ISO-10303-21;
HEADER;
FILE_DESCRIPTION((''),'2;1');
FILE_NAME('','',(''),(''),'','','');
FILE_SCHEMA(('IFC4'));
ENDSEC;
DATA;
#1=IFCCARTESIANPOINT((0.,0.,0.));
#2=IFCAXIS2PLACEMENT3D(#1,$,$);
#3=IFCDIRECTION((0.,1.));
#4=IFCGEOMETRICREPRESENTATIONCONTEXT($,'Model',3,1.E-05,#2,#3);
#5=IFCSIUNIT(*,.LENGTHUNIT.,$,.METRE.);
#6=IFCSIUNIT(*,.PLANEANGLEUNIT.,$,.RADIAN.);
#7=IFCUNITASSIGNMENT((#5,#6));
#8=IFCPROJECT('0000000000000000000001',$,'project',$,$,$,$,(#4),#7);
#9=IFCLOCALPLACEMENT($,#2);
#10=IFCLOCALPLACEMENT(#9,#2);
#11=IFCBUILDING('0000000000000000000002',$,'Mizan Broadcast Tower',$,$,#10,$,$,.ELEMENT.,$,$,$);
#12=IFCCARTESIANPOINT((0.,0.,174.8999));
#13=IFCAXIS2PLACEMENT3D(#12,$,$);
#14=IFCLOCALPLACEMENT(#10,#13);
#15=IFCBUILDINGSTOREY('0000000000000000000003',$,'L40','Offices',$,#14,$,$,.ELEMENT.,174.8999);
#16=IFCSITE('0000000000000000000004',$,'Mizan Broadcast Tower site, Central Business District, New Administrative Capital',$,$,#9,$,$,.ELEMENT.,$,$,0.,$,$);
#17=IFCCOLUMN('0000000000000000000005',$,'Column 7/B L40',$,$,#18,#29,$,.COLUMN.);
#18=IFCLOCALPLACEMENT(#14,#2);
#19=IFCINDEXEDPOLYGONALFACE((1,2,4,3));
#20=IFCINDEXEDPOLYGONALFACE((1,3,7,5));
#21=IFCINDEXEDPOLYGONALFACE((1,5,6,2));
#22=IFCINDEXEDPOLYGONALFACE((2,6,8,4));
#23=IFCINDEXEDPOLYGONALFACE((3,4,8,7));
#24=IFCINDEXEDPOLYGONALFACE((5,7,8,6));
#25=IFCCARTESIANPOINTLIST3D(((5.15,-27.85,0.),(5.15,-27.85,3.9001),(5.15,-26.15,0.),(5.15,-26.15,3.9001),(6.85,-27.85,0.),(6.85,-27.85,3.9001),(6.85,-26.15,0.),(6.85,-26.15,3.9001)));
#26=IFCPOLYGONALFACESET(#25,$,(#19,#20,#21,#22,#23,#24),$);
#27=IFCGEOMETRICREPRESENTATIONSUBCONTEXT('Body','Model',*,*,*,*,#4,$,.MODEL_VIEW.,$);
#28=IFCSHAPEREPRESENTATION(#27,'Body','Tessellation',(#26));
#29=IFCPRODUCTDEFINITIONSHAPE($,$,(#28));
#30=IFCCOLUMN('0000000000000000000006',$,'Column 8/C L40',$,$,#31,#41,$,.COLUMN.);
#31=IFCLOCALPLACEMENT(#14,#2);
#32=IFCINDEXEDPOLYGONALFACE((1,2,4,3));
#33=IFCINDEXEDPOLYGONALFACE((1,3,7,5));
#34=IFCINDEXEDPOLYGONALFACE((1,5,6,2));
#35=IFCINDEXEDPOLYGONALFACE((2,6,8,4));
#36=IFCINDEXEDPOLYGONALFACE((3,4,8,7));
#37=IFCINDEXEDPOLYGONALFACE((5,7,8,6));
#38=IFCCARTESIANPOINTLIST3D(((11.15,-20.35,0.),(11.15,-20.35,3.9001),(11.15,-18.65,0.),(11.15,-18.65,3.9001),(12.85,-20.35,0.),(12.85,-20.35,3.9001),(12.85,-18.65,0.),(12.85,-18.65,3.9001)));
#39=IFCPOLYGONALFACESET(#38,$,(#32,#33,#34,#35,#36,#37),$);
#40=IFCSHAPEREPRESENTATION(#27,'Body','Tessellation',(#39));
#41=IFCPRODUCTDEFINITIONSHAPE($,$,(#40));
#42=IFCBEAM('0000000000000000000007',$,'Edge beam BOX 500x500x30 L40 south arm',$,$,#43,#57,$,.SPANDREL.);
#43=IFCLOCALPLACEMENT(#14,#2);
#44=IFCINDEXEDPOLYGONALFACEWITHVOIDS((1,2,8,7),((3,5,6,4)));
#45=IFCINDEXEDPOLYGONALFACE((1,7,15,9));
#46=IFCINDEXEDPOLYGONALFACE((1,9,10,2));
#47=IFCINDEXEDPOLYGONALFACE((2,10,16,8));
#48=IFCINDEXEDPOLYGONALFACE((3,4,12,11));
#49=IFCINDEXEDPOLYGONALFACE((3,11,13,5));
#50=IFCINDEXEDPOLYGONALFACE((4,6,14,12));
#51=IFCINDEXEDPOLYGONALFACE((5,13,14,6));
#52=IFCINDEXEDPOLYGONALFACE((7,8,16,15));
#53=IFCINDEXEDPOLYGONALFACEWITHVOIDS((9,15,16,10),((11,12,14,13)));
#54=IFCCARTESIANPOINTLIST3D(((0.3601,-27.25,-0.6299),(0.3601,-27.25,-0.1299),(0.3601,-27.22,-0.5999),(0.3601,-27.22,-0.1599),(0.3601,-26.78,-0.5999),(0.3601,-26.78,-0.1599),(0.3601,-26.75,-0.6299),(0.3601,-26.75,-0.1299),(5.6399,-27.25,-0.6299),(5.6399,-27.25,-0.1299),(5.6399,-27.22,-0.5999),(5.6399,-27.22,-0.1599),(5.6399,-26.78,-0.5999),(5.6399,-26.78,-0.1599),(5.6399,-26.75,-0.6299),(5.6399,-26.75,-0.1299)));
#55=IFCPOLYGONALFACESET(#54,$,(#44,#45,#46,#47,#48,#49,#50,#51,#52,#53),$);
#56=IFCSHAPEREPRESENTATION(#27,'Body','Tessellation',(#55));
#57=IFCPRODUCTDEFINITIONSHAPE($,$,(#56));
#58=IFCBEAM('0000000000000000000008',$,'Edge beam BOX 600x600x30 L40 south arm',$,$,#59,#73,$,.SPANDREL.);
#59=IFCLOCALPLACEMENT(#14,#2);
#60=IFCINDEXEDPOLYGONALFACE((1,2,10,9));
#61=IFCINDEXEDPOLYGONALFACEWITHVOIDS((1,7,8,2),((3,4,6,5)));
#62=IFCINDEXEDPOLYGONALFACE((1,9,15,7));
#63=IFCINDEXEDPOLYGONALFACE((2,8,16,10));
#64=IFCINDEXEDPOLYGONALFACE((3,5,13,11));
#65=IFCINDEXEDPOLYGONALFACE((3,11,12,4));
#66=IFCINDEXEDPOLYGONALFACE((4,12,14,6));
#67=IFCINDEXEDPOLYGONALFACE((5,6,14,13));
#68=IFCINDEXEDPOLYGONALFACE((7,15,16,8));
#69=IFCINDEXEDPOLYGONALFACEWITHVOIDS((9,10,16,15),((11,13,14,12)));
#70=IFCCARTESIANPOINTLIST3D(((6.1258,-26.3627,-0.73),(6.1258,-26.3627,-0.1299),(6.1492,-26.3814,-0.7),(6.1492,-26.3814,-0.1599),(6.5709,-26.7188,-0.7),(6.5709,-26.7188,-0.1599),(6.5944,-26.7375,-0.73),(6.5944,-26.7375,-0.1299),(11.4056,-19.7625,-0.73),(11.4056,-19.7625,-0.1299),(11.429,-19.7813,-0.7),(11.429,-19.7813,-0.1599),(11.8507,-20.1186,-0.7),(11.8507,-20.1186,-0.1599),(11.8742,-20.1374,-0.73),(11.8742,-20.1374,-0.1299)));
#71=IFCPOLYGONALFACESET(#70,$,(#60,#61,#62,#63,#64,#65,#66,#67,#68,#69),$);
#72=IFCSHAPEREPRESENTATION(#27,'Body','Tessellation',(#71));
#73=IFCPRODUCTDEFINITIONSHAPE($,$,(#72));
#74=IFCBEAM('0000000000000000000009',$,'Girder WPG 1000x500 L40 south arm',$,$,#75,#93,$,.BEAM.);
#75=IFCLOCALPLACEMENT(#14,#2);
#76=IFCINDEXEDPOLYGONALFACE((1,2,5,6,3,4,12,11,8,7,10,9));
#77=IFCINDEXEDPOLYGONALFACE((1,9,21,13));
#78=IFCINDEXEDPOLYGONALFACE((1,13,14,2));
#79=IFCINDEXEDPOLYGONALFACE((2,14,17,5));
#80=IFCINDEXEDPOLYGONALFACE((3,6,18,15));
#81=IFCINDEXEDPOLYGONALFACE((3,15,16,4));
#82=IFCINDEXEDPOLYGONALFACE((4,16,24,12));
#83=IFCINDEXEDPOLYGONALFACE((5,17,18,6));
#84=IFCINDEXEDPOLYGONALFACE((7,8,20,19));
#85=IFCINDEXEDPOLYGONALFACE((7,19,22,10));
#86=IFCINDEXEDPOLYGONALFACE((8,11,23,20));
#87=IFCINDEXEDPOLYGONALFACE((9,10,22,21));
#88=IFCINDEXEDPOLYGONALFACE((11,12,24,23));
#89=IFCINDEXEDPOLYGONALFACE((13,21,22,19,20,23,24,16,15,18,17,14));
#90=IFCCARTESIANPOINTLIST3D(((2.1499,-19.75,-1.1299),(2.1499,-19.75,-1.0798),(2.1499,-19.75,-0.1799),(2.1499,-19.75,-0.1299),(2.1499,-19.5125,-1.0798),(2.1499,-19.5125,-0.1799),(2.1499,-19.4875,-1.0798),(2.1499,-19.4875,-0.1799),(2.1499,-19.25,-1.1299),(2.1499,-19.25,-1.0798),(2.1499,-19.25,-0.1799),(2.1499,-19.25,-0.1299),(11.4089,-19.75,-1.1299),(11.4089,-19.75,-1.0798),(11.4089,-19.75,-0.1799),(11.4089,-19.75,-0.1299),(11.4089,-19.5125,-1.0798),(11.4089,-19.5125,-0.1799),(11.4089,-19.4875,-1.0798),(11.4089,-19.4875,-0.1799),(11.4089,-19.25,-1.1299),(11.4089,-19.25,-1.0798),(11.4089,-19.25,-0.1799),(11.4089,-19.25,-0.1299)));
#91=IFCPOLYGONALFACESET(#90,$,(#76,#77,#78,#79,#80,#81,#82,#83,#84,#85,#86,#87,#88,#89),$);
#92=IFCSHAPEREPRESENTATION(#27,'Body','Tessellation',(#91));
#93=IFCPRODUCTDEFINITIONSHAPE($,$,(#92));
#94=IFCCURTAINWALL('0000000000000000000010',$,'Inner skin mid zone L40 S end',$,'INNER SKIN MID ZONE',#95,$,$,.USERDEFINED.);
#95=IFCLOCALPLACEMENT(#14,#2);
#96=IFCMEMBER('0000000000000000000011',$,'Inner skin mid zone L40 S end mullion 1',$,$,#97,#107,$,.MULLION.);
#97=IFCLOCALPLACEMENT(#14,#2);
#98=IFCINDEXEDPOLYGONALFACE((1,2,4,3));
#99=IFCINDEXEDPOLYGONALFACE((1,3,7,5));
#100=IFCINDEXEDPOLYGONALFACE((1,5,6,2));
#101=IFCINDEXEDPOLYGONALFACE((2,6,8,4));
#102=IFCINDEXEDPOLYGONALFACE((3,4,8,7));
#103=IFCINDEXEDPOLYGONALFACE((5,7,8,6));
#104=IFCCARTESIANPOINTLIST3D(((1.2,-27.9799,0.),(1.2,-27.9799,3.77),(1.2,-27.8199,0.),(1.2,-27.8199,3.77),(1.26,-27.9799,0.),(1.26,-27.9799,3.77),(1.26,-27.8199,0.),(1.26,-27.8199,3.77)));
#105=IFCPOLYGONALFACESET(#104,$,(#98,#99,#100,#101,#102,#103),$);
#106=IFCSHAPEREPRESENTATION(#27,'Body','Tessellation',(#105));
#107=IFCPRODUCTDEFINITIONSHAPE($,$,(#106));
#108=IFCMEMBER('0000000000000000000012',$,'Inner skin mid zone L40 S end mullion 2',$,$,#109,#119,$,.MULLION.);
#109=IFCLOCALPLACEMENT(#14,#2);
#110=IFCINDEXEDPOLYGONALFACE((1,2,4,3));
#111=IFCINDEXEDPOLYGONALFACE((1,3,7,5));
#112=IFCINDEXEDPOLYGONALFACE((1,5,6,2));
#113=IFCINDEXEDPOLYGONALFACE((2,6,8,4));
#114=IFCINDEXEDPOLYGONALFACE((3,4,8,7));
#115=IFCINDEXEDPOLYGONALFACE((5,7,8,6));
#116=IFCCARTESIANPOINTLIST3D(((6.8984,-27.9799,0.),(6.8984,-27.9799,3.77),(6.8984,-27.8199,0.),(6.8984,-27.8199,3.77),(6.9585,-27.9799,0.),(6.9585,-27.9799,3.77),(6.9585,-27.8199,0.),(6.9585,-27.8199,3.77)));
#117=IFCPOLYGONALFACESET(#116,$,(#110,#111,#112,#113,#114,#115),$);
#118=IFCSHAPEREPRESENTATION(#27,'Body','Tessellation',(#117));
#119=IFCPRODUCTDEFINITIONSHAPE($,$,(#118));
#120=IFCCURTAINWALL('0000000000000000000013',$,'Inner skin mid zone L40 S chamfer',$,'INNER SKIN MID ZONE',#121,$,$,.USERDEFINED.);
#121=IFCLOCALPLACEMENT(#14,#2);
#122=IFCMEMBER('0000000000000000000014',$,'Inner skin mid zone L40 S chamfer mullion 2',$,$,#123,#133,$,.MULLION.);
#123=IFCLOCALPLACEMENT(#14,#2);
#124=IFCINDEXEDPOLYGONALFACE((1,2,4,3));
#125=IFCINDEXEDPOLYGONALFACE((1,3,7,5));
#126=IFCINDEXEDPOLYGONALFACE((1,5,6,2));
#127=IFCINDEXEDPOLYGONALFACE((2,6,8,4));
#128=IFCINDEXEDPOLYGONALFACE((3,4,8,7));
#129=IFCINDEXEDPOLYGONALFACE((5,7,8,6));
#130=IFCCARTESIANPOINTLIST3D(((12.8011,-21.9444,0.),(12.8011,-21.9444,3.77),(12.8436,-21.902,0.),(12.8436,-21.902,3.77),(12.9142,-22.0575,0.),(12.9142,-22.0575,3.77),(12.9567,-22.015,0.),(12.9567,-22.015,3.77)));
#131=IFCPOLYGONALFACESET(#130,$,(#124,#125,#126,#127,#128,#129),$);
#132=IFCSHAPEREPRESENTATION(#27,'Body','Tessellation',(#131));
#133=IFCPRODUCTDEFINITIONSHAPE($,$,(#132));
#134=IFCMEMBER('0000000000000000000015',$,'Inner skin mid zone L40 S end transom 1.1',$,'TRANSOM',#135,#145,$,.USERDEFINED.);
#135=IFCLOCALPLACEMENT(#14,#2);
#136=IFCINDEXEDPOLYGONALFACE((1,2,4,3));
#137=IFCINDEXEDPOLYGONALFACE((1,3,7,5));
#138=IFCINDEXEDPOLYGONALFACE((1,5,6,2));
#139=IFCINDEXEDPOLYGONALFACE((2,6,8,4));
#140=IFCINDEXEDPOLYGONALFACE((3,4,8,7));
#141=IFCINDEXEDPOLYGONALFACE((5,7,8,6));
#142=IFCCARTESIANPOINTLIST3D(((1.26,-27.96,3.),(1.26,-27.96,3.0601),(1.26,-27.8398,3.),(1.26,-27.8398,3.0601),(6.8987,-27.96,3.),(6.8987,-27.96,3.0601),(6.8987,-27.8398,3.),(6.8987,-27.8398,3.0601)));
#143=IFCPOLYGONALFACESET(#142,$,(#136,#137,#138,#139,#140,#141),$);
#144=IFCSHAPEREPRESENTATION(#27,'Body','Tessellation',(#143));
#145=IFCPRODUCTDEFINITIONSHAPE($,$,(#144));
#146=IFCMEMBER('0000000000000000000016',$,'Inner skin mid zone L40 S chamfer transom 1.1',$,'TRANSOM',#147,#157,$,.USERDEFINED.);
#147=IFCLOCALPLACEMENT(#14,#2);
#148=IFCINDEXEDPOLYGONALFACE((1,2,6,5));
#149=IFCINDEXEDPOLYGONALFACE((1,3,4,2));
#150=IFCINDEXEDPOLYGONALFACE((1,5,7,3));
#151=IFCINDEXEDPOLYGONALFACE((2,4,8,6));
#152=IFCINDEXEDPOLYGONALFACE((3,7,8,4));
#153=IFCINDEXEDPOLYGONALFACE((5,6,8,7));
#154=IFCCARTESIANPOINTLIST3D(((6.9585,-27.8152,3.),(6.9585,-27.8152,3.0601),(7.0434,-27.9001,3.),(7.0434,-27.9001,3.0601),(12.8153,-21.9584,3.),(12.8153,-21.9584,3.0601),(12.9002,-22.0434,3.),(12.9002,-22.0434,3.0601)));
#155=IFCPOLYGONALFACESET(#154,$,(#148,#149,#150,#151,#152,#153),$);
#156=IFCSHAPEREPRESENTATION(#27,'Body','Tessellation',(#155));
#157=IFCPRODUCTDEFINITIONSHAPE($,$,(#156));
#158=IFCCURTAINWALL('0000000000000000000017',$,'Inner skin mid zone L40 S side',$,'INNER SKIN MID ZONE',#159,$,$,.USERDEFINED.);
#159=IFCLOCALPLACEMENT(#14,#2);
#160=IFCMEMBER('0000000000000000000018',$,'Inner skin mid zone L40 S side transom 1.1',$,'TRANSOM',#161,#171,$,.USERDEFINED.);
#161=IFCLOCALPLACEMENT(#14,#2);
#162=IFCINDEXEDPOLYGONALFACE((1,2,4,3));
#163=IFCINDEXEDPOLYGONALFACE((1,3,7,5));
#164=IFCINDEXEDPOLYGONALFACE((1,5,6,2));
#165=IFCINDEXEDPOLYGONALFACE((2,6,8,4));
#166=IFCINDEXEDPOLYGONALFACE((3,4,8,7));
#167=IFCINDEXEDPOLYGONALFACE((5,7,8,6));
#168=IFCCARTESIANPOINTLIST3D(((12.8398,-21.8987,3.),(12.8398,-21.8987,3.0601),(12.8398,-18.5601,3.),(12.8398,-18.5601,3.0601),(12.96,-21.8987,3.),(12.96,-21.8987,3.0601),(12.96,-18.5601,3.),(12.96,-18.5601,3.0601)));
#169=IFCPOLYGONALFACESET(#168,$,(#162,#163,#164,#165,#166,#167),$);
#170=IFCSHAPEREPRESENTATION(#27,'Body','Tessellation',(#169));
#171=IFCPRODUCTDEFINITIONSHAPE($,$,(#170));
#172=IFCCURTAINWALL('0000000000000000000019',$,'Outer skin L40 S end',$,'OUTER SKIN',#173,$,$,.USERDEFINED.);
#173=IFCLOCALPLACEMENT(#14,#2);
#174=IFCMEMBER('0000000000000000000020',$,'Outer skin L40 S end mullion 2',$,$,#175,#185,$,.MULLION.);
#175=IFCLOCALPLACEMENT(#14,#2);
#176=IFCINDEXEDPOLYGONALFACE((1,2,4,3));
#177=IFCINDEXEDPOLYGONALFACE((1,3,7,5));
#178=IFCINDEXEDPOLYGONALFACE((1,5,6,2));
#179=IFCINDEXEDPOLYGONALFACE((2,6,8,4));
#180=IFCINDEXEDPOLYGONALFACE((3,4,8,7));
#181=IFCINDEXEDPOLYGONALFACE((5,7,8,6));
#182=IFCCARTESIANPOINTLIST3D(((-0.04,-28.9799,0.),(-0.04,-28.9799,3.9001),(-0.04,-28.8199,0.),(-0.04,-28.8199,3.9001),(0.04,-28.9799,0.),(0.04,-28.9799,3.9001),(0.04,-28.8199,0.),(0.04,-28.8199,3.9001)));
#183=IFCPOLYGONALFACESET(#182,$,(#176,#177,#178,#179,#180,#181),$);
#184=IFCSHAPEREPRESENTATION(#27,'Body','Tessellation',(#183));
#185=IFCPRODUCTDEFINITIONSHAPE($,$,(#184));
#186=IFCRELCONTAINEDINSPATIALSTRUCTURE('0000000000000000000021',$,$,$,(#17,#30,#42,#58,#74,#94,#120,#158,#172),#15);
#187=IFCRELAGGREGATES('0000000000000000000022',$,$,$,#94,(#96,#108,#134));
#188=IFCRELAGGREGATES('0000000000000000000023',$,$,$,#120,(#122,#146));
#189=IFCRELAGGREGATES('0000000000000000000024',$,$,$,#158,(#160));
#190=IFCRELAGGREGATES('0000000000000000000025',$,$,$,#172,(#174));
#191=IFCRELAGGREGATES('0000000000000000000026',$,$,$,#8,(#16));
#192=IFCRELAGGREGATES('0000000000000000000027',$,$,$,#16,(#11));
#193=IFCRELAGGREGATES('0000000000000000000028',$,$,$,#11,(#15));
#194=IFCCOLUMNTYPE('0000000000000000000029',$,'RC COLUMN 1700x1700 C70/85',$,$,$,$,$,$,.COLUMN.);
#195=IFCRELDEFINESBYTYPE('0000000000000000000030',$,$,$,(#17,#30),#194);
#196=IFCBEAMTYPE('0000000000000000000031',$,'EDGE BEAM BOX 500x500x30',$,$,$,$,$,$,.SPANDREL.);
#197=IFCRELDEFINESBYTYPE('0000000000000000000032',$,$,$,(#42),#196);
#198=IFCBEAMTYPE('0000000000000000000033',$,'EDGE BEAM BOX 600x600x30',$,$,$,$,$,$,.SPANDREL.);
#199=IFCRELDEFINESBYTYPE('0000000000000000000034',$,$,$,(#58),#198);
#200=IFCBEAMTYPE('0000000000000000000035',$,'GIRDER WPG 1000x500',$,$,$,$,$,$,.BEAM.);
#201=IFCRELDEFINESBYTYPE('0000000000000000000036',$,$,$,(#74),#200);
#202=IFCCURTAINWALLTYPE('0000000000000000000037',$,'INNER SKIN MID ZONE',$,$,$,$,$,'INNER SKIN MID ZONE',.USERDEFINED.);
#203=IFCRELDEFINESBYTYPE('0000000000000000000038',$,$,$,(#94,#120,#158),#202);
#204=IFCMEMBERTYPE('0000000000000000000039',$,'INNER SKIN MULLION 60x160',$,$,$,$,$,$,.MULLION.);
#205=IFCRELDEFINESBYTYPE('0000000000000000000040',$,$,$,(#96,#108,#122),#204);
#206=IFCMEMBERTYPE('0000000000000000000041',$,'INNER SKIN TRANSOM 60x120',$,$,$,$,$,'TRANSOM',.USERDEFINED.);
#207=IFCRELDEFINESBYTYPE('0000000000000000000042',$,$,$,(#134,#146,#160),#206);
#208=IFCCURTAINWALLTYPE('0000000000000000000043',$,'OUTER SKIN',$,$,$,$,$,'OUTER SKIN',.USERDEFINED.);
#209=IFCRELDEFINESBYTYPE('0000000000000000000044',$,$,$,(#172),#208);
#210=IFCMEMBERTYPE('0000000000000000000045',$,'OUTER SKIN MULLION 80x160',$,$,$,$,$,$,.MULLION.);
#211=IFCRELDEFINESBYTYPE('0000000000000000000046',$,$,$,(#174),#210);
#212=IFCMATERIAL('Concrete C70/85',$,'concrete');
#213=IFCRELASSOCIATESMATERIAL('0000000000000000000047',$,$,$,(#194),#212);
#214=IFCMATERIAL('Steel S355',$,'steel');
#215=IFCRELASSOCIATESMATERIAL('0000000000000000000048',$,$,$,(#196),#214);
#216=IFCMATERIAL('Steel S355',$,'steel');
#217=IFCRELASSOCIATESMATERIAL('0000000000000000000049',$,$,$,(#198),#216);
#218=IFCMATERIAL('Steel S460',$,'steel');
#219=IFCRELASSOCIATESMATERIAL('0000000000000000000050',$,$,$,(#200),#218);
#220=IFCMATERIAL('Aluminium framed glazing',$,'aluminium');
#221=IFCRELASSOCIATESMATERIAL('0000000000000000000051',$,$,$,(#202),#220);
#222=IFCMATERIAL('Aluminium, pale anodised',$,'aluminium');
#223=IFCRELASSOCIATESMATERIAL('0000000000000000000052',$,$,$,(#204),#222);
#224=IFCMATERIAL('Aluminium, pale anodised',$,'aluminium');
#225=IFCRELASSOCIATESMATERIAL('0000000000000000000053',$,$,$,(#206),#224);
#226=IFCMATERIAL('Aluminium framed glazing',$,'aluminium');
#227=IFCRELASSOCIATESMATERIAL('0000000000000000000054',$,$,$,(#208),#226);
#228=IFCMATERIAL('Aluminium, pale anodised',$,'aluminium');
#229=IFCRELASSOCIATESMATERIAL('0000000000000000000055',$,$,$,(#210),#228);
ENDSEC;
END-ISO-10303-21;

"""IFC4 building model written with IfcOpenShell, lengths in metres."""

from ifc_helpers import new_model, si_unit, direction, frame, origin, origin_2d, place, context, subcontext, project, spatial, rectangle, hollow_rectangle, i_section, extrude, material, material_profile, profile_set, type_object, element, aggregate, save


model = new_model("IFC4")

# Units and contexts
model_context = context("Model", 3, precision=1e-05, world=origin(), true_north=direction((0.0, 1.0)))
body_context = subcontext(model_context, "Body", "Model", "MODEL_VIEW")
ifc_project = project(units=[si_unit("LENGTHUNIT", "METRE"), si_unit("PLANEANGLEUNIT", "RADIAN")], contexts=[model_context])

# Site, building, storey
site_placement = place(None, origin())
site = spatial("IfcSite", under=ifc_project, at=site_placement, Name="Mizan Broadcast Tower site, Central Business District, New Administrative Capital", CompositionType="ELEMENT", RefElevation=0.0)
building_placement = place(site_placement, origin())
building = spatial("IfcBuilding", under=site, at=building_placement, Name="Mizan Broadcast Tower", CompositionType="ELEMENT")
storey_placement = place(building_placement, frame((0.0, 0.0, 174.8999)))
storey = spatial("IfcBuildingStorey", under=building, at=storey_placement, Name="L40", Description="Offices", CompositionType="ELEMENT", Elevation=174.8999)

# Columns
ifc_material_1 = material(Name="Concrete C70/85", Category="concrete")
ifc_material_profile_1 = material_profile(ifc_material_1, rectangle(XDim=1.7, YDim=1.7, at=origin_2d()), Name="RC 1700x1700")
ifc_profile_set_1 = profile_set([ifc_material_profile_1], Name="Concrete C70/85")
column_type = type_object("IfcColumnType", Name="RC COLUMN 1700x1700 C70/85", PredefinedType="COLUMN", material=ifc_profile_set_1)
for number, where, z_axis, x_axis, name in (
    (1, (6.0, -27.0, 0.0), (0.0, 0.0, 1.0), (1.0, 0.0, 0.0), "Column 7/B L40"),
    (2, (12.0, -19.5, 0.0), (0.0, 0.0, 1.0), (1.0, 0.0, 0.0), "Column 8/C L40"),
):
    element("IfcColumn", number, at=place(storey_placement, frame(where, z_axis=z_axis, x_axis=x_axis)), inside=storey, type_object=column_type, Name=name, PredefinedType="COLUMN", context=body_context, shape_type="SweptSolid", body=[
        extrude(rectangle(XDim=1.7, YDim=1.7, at=origin_2d()), origin(), (0.0, 0.0, 1.0), 3.9001),
    ])

# Beams
ifc_material_2 = material(Name="Steel S355", Category="steel")
ifc_material_profile_2 = material_profile(ifc_material_2, hollow_rectangle(XDim=0.5, YDim=0.5, WallThickness=0.03, at=origin_2d()), Name="BOX 500x500x30")
ifc_profile_set_2 = profile_set([ifc_material_profile_2], Name="Steel S355")
beam_type_1 = type_object("IfcBeamType", Name="EDGE BEAM BOX 500x500x30", PredefinedType="SPANDREL", material=ifc_profile_set_2)
beam_1_placement = place(storey_placement, frame((5.6399, -27.0, -0.3799), z_axis=(-1.0, 0.0, 0.0), x_axis=(0.0, -1.0, 0.0)))
element("IfcBeam", 3, at=beam_1_placement, inside=storey, type_object=beam_type_1, Name="Edge beam BOX 500x500x30 L40 south arm", PredefinedType="SPANDREL", context=body_context, shape_type="SweptSolid", body=[
    extrude(hollow_rectangle(XDim=0.5, YDim=0.5, WallThickness=0.03, at=origin_2d()), origin(), (0.0, 0.0, 1.0), 5.2798),
])
ifc_material_3 = material(Name="Steel S355", Category="steel")
ifc_material_profile_3 = material_profile(ifc_material_3, hollow_rectangle(XDim=0.6001, YDim=0.6001, WallThickness=0.03, at=origin_2d()), Name="BOX 600x600x30")
ifc_profile_set_3 = profile_set([ifc_material_profile_3], Name="Steel S355")
beam_type_2 = type_object("IfcBeamType", Name="EDGE BEAM BOX 600x600x30", PredefinedType="SPANDREL", material=ifc_profile_set_3)
beam_2_placement = place(storey_placement, frame((11.6399, -19.95, -0.4299), z_axis=(-0.624674, -0.780886, 0.0), x_axis=(0.780886, -0.624674, 0.0)))
element("IfcBeam", 4, at=beam_2_placement, inside=storey, type_object=beam_type_2, Name="Edge beam BOX 600x600x30 L40 south arm", PredefinedType="SPANDREL", context=body_context, shape_type="SweptSolid", body=[
    extrude(hollow_rectangle(XDim=0.6001, YDim=0.6001, WallThickness=0.03, at=origin_2d()), origin(), (0.0, 0.0, 1.0), 8.4521),
])
ifc_material_4 = material(Name="Steel S460", Category="steel")
ifc_material_profile_4 = material_profile(ifc_material_4, i_section(OverallWidth=0.5, OverallDepth=1.0, WebThickness=0.0249, FlangeThickness=0.05, at=origin_2d()), Name="WPG 1000x500")
ifc_profile_set_4 = profile_set([ifc_material_profile_4], Name="Steel S460")
beam_type_3 = type_object("IfcBeamType", Name="GIRDER WPG 1000x500", PredefinedType="BEAM", material=ifc_profile_set_4)
beam_3_placement = place(storey_placement, frame((11.4089, -19.5, -0.6299), z_axis=(-1.0, 0.0, 0.0), x_axis=(0.0, -1.0, 0.0)))
element("IfcBeam", 5, at=beam_3_placement, inside=storey, type_object=beam_type_3, Name="Girder WPG 1000x500 L40 south arm", PredefinedType="BEAM", context=body_context, shape_type="SweptSolid", body=[
    extrude(i_section(OverallWidth=0.5, OverallDepth=1.0, WebThickness=0.0249, FlangeThickness=0.05, at=origin_2d()), origin(), (0.0, 0.0, 1.0), 9.259),
])

# Curtain wall, members
ifc_material_5 = material(Name="Aluminium framed glazing", Category="aluminium")
curtain_wall_type_1 = type_object("IfcCurtainWallType", Name="INNER SKIN MID ZONE", ElementType="INNER SKIN MID ZONE", PredefinedType="USERDEFINED", material=ifc_material_5)
curtain_wall_1_placement = place(storey_placement, origin())
curtain_wall_1 = element("IfcCurtainWall", 6, at=curtain_wall_1_placement, inside=storey, type_object=curtain_wall_type_1, Name="Inner skin mid zone L40 S end", ObjectType="INNER SKIN MID ZONE", PredefinedType="USERDEFINED")
ifc_material_6 = material(Name="Aluminium, pale anodised", Category="aluminium")
ifc_material_profile_5 = material_profile(ifc_material_6, rectangle(XDim=0.1599, YDim=0.0601, at=origin_2d()), Name="MULLION 160x60")
ifc_profile_set_5 = profile_set([ifc_material_profile_5], Name="Aluminium, pale anodised")
member_type_1 = type_object("IfcMemberType", Name="INNER SKIN MULLION 60x160", PredefinedType="MULLION", material=ifc_profile_set_5)
member_1_placement = place(storey_placement, frame((1.23, -27.8999, 0.0), z_axis=(0.0, 0.0, 1.0), x_axis=(0.0, 1.0, 0.0)))
member_1 = element("IfcMember", 7, at=member_1_placement, type_object=member_type_1, Name="Inner skin mid zone L40 S end mullion 1", PredefinedType="MULLION", context=body_context, shape_type="SweptSolid", body=[
    extrude(rectangle(XDim=0.1599, YDim=0.0601, at=origin_2d()), origin(), (0.0, 0.0, 1.0), 3.77),
])
member_2_placement = place(storey_placement, frame((6.9285, -27.8999, 0.0), z_axis=(0.0, 0.0, 1.0), x_axis=(0.0, 1.0, 0.0)))
member_2 = element("IfcMember", 8, at=member_2_placement, type_object=member_type_1, Name="Inner skin mid zone L40 S end mullion 2", PredefinedType="MULLION", context=body_context, shape_type="SweptSolid", body=[
    extrude(rectangle(XDim=0.1599, YDim=0.0601, at=origin_2d()), origin(), (0.0, 0.0, 1.0), 3.77),
])

# Curtain wall, member
curtain_wall_2_placement = place(storey_placement, origin())
curtain_wall_2 = element("IfcCurtainWall", 9, at=curtain_wall_2_placement, inside=storey, type_object=curtain_wall_type_1, Name="Inner skin mid zone L40 S chamfer", ObjectType="INNER SKIN MID ZONE", PredefinedType="USERDEFINED")
member_3_placement = place(storey_placement, frame((12.8789, -21.9797, 0.0), z_axis=(0.0, 0.0, 1.0), x_axis=(-0.707107, 0.707107, 0.0)))
member_3 = element("IfcMember", 10, at=member_3_placement, type_object=member_type_1, Name="Inner skin mid zone L40 S chamfer mullion 2", PredefinedType="MULLION", context=body_context, shape_type="SweptSolid", body=[
    extrude(rectangle(XDim=0.1599, YDim=0.0601, at=origin_2d()), origin(), (0.0, 0.0, 1.0), 3.77),
])

# Members
ifc_material_7 = material(Name="Aluminium, pale anodised", Category="aluminium")
ifc_material_profile_6 = material_profile(ifc_material_7, rectangle(XDim=0.1201, YDim=0.0601, at=origin_2d()), Name="TRANSOM 120x60")
ifc_profile_set_6 = profile_set([ifc_material_profile_6], Name="Aluminium, pale anodised")
member_type_2 = type_object("IfcMemberType", Name="INNER SKIN TRANSOM 60x120", ElementType="TRANSOM", PredefinedType="USERDEFINED", material=ifc_profile_set_6)
member_4_placement = place(storey_placement, frame((1.26, -27.8999, 3.03), z_axis=(1.0, 0.0, 0.0), x_axis=(0.0, 1.0, 0.0)))
member_4 = element("IfcMember", 11, at=member_4_placement, type_object=member_type_2, Name="Inner skin mid zone L40 S end transom 1.1", ObjectType="TRANSOM", PredefinedType="USERDEFINED", context=body_context, shape_type="SweptSolid", body=[
    extrude(rectangle(XDim=0.1201, YDim=0.0601, at=origin_2d()), origin(), (0.0, 0.0, 1.0), 5.6387),
])
member_5_placement = place(storey_placement, frame((7.001, -27.8577, 3.03), z_axis=(0.707107, 0.707107, 0.0), x_axis=(-0.707107, 0.707107, 0.0)))
member_5 = element("IfcMember", 12, at=member_5_placement, type_object=member_type_2, Name="Inner skin mid zone L40 S chamfer transom 1.1", ObjectType="TRANSOM", PredefinedType="USERDEFINED", context=body_context, shape_type="SweptSolid", body=[
    extrude(rectangle(XDim=0.1201, YDim=0.0601, at=origin_2d()), origin(), (0.0, 0.0, 1.0), 8.2827),
])

# Curtain wall, member
curtain_wall_3_placement = place(storey_placement, origin())
curtain_wall_3 = element("IfcCurtainWall", 13, at=curtain_wall_3_placement, inside=storey, type_object=curtain_wall_type_1, Name="Inner skin mid zone L40 S side", ObjectType="INNER SKIN MID ZONE", PredefinedType="USERDEFINED")
member_6_placement = place(storey_placement, frame((12.8999, -21.8987, 3.03), z_axis=(0.0, 1.0, 0.0), x_axis=(-1.0, 0.0, 0.0)))
member_6 = element("IfcMember", 14, at=member_6_placement, type_object=member_type_2, Name="Inner skin mid zone L40 S side transom 1.1", ObjectType="TRANSOM", PredefinedType="USERDEFINED", context=body_context, shape_type="SweptSolid", body=[
    extrude(rectangle(XDim=0.1201, YDim=0.0601, at=origin_2d()), origin(), (0.0, 0.0, 1.0), 3.3386),
])

# Curtain wall, member
ifc_material_8 = material(Name="Aluminium framed glazing", Category="aluminium")
curtain_wall_type_2 = type_object("IfcCurtainWallType", Name="OUTER SKIN", ElementType="OUTER SKIN", PredefinedType="USERDEFINED", material=ifc_material_8)
curtain_wall_4_placement = place(storey_placement, origin())
curtain_wall_4 = element("IfcCurtainWall", 15, at=curtain_wall_4_placement, inside=storey, type_object=curtain_wall_type_2, Name="Outer skin L40 S end", ObjectType="OUTER SKIN", PredefinedType="USERDEFINED")
ifc_material_9 = material(Name="Aluminium, pale anodised", Category="aluminium")
ifc_material_profile_7 = material_profile(ifc_material_9, rectangle(XDim=0.1599, YDim=0.0801, at=origin_2d()), Name="MULLION 160x80")
ifc_profile_set_7 = profile_set([ifc_material_profile_7], Name="Aluminium, pale anodised")
member_type_3 = type_object("IfcMemberType", Name="OUTER SKIN MULLION 80x160", PredefinedType="MULLION", material=ifc_profile_set_7)
member_7_placement = place(storey_placement, frame((0.0, -28.8999, 0.0), z_axis=(0.0, 0.0, 1.0), x_axis=(0.0, 1.0, 0.0)))
member_7 = element("IfcMember", 16, at=member_7_placement, type_object=member_type_3, Name="Outer skin L40 S end mullion 2", PredefinedType="MULLION", context=body_context, shape_type="SweptSolid", body=[
    extrude(rectangle(XDim=0.1599, YDim=0.0801, at=origin_2d()), origin(), (0.0, 0.0, 1.0), 3.9001),
])

aggregate(curtain_wall_1, [member_1, member_2, member_4])
aggregate(curtain_wall_2, [member_3, member_5])
aggregate(curtain_wall_3, [member_6])
aggregate(curtain_wall_4, [member_7])

save(model, "model.ifc")
